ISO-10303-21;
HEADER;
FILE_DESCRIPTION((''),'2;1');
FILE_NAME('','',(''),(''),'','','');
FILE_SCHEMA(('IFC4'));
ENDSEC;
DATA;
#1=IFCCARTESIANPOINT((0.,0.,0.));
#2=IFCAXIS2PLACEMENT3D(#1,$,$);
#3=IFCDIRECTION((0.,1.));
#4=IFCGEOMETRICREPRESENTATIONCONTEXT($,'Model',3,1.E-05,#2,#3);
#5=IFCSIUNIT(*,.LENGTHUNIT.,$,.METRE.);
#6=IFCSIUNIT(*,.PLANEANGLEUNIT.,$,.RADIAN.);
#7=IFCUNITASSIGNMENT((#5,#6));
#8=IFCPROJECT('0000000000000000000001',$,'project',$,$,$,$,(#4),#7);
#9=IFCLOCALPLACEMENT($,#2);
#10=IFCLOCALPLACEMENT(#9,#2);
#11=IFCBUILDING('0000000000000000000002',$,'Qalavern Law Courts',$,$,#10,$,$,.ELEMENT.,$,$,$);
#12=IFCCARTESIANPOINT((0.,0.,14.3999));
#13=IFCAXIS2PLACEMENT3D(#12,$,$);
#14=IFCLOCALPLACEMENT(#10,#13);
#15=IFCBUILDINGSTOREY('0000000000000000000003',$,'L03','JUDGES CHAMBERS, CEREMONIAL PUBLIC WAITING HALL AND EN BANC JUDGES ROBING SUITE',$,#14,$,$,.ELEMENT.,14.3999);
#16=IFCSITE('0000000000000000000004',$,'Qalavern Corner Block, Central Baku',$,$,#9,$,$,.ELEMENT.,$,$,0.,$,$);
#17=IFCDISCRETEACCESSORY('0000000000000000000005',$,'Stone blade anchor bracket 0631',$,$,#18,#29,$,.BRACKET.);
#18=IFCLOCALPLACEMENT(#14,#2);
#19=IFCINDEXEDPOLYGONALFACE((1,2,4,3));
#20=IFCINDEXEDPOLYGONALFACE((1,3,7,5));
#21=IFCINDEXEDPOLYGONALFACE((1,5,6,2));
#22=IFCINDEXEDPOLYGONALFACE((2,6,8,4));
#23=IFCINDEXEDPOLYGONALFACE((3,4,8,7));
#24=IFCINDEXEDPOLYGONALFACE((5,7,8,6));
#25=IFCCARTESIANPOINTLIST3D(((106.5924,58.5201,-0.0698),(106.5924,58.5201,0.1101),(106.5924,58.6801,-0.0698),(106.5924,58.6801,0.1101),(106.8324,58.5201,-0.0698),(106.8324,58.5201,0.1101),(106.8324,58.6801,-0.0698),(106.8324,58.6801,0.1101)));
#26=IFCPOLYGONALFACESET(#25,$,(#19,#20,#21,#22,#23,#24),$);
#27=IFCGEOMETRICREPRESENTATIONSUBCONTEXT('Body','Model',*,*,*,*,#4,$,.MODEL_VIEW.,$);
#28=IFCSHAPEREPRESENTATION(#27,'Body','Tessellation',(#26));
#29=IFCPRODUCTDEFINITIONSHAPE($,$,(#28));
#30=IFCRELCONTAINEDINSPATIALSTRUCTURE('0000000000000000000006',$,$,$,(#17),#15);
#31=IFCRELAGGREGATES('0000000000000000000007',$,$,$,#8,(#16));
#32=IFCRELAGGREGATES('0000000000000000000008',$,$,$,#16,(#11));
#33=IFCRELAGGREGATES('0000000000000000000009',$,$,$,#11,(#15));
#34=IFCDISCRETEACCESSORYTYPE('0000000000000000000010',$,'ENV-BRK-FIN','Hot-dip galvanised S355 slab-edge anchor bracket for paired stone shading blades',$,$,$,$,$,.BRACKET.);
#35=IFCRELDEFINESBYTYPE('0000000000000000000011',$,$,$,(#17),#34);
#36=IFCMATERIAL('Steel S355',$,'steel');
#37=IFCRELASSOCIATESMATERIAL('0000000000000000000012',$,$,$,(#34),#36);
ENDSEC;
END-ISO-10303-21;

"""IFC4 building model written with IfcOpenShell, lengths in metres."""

from ifc_helpers import new_model, si_unit, direction, frame, origin, origin_2d, place, context, subcontext, project, spatial, rectangle, extrude, material, type_object, element, save


model = new_model("IFC4")

# Units and contexts
model_context = context("Model", 3, precision=1e-05, world=origin(), true_north=direction((0.0, 1.0)))
body_context = subcontext(model_context, "Body", "Model", "MODEL_VIEW")
ifc_project = project(units=[si_unit("LENGTHUNIT", "METRE"), si_unit("PLANEANGLEUNIT", "RADIAN")], contexts=[model_context])

# Site, building, storey
site_placement = place(None, origin())
site = spatial("IfcSite", under=ifc_project, at=site_placement, Name="Qalavern Corner Block, Central Baku", CompositionType="ELEMENT", RefElevation=0.0)
building_placement = place(site_placement, origin())
building = spatial("IfcBuilding", under=site, at=building_placement, Name="Qalavern Law Courts", CompositionType="ELEMENT")
storey_placement = place(building_placement, frame((0.0, 0.0, 14.3999)))
storey = spatial("IfcBuildingStorey", under=building, at=storey_placement, Name="L03", Description="JUDGES CHAMBERS, CEREMONIAL PUBLIC WAITING HALL AND EN BANC JUDGES ROBING SUITE", CompositionType="ELEMENT", Elevation=14.3999)

# Shared definitions
ifc_material_1 = material(Name="Steel S355", Category="steel")

# Discrete accessory
discrete_accessory_type = type_object("IfcDiscreteAccessoryType", Name="ENV-BRK-FIN", Description="Hot-dip galvanised S355 slab-edge anchor bracket for paired stone shading blades", PredefinedType="BRACKET", material=ifc_material_1)
for number, where, z_axis, x_axis, name in (
    (1, (106.7124, 58.6001, -0.0698), (0.0, 0.0, 1.0), (1.0, 0.0, 0.0), "Stone blade anchor bracket 0631"),
):
    element("IfcDiscreteAccessory", number, at=place(storey_placement, frame(where, z_axis=z_axis, x_axis=x_axis)), inside=storey, type_object=discrete_accessory_type, Name=name, PredefinedType="BRACKET", context=body_context, shape_type="SweptSolid", body=[
        extrude(rectangle(XDim=0.24, YDim=0.1599, at=origin_2d()), origin(), (0.0, 0.0, 1.0), 0.1799),
    ])

save(model, "model.ifc")
